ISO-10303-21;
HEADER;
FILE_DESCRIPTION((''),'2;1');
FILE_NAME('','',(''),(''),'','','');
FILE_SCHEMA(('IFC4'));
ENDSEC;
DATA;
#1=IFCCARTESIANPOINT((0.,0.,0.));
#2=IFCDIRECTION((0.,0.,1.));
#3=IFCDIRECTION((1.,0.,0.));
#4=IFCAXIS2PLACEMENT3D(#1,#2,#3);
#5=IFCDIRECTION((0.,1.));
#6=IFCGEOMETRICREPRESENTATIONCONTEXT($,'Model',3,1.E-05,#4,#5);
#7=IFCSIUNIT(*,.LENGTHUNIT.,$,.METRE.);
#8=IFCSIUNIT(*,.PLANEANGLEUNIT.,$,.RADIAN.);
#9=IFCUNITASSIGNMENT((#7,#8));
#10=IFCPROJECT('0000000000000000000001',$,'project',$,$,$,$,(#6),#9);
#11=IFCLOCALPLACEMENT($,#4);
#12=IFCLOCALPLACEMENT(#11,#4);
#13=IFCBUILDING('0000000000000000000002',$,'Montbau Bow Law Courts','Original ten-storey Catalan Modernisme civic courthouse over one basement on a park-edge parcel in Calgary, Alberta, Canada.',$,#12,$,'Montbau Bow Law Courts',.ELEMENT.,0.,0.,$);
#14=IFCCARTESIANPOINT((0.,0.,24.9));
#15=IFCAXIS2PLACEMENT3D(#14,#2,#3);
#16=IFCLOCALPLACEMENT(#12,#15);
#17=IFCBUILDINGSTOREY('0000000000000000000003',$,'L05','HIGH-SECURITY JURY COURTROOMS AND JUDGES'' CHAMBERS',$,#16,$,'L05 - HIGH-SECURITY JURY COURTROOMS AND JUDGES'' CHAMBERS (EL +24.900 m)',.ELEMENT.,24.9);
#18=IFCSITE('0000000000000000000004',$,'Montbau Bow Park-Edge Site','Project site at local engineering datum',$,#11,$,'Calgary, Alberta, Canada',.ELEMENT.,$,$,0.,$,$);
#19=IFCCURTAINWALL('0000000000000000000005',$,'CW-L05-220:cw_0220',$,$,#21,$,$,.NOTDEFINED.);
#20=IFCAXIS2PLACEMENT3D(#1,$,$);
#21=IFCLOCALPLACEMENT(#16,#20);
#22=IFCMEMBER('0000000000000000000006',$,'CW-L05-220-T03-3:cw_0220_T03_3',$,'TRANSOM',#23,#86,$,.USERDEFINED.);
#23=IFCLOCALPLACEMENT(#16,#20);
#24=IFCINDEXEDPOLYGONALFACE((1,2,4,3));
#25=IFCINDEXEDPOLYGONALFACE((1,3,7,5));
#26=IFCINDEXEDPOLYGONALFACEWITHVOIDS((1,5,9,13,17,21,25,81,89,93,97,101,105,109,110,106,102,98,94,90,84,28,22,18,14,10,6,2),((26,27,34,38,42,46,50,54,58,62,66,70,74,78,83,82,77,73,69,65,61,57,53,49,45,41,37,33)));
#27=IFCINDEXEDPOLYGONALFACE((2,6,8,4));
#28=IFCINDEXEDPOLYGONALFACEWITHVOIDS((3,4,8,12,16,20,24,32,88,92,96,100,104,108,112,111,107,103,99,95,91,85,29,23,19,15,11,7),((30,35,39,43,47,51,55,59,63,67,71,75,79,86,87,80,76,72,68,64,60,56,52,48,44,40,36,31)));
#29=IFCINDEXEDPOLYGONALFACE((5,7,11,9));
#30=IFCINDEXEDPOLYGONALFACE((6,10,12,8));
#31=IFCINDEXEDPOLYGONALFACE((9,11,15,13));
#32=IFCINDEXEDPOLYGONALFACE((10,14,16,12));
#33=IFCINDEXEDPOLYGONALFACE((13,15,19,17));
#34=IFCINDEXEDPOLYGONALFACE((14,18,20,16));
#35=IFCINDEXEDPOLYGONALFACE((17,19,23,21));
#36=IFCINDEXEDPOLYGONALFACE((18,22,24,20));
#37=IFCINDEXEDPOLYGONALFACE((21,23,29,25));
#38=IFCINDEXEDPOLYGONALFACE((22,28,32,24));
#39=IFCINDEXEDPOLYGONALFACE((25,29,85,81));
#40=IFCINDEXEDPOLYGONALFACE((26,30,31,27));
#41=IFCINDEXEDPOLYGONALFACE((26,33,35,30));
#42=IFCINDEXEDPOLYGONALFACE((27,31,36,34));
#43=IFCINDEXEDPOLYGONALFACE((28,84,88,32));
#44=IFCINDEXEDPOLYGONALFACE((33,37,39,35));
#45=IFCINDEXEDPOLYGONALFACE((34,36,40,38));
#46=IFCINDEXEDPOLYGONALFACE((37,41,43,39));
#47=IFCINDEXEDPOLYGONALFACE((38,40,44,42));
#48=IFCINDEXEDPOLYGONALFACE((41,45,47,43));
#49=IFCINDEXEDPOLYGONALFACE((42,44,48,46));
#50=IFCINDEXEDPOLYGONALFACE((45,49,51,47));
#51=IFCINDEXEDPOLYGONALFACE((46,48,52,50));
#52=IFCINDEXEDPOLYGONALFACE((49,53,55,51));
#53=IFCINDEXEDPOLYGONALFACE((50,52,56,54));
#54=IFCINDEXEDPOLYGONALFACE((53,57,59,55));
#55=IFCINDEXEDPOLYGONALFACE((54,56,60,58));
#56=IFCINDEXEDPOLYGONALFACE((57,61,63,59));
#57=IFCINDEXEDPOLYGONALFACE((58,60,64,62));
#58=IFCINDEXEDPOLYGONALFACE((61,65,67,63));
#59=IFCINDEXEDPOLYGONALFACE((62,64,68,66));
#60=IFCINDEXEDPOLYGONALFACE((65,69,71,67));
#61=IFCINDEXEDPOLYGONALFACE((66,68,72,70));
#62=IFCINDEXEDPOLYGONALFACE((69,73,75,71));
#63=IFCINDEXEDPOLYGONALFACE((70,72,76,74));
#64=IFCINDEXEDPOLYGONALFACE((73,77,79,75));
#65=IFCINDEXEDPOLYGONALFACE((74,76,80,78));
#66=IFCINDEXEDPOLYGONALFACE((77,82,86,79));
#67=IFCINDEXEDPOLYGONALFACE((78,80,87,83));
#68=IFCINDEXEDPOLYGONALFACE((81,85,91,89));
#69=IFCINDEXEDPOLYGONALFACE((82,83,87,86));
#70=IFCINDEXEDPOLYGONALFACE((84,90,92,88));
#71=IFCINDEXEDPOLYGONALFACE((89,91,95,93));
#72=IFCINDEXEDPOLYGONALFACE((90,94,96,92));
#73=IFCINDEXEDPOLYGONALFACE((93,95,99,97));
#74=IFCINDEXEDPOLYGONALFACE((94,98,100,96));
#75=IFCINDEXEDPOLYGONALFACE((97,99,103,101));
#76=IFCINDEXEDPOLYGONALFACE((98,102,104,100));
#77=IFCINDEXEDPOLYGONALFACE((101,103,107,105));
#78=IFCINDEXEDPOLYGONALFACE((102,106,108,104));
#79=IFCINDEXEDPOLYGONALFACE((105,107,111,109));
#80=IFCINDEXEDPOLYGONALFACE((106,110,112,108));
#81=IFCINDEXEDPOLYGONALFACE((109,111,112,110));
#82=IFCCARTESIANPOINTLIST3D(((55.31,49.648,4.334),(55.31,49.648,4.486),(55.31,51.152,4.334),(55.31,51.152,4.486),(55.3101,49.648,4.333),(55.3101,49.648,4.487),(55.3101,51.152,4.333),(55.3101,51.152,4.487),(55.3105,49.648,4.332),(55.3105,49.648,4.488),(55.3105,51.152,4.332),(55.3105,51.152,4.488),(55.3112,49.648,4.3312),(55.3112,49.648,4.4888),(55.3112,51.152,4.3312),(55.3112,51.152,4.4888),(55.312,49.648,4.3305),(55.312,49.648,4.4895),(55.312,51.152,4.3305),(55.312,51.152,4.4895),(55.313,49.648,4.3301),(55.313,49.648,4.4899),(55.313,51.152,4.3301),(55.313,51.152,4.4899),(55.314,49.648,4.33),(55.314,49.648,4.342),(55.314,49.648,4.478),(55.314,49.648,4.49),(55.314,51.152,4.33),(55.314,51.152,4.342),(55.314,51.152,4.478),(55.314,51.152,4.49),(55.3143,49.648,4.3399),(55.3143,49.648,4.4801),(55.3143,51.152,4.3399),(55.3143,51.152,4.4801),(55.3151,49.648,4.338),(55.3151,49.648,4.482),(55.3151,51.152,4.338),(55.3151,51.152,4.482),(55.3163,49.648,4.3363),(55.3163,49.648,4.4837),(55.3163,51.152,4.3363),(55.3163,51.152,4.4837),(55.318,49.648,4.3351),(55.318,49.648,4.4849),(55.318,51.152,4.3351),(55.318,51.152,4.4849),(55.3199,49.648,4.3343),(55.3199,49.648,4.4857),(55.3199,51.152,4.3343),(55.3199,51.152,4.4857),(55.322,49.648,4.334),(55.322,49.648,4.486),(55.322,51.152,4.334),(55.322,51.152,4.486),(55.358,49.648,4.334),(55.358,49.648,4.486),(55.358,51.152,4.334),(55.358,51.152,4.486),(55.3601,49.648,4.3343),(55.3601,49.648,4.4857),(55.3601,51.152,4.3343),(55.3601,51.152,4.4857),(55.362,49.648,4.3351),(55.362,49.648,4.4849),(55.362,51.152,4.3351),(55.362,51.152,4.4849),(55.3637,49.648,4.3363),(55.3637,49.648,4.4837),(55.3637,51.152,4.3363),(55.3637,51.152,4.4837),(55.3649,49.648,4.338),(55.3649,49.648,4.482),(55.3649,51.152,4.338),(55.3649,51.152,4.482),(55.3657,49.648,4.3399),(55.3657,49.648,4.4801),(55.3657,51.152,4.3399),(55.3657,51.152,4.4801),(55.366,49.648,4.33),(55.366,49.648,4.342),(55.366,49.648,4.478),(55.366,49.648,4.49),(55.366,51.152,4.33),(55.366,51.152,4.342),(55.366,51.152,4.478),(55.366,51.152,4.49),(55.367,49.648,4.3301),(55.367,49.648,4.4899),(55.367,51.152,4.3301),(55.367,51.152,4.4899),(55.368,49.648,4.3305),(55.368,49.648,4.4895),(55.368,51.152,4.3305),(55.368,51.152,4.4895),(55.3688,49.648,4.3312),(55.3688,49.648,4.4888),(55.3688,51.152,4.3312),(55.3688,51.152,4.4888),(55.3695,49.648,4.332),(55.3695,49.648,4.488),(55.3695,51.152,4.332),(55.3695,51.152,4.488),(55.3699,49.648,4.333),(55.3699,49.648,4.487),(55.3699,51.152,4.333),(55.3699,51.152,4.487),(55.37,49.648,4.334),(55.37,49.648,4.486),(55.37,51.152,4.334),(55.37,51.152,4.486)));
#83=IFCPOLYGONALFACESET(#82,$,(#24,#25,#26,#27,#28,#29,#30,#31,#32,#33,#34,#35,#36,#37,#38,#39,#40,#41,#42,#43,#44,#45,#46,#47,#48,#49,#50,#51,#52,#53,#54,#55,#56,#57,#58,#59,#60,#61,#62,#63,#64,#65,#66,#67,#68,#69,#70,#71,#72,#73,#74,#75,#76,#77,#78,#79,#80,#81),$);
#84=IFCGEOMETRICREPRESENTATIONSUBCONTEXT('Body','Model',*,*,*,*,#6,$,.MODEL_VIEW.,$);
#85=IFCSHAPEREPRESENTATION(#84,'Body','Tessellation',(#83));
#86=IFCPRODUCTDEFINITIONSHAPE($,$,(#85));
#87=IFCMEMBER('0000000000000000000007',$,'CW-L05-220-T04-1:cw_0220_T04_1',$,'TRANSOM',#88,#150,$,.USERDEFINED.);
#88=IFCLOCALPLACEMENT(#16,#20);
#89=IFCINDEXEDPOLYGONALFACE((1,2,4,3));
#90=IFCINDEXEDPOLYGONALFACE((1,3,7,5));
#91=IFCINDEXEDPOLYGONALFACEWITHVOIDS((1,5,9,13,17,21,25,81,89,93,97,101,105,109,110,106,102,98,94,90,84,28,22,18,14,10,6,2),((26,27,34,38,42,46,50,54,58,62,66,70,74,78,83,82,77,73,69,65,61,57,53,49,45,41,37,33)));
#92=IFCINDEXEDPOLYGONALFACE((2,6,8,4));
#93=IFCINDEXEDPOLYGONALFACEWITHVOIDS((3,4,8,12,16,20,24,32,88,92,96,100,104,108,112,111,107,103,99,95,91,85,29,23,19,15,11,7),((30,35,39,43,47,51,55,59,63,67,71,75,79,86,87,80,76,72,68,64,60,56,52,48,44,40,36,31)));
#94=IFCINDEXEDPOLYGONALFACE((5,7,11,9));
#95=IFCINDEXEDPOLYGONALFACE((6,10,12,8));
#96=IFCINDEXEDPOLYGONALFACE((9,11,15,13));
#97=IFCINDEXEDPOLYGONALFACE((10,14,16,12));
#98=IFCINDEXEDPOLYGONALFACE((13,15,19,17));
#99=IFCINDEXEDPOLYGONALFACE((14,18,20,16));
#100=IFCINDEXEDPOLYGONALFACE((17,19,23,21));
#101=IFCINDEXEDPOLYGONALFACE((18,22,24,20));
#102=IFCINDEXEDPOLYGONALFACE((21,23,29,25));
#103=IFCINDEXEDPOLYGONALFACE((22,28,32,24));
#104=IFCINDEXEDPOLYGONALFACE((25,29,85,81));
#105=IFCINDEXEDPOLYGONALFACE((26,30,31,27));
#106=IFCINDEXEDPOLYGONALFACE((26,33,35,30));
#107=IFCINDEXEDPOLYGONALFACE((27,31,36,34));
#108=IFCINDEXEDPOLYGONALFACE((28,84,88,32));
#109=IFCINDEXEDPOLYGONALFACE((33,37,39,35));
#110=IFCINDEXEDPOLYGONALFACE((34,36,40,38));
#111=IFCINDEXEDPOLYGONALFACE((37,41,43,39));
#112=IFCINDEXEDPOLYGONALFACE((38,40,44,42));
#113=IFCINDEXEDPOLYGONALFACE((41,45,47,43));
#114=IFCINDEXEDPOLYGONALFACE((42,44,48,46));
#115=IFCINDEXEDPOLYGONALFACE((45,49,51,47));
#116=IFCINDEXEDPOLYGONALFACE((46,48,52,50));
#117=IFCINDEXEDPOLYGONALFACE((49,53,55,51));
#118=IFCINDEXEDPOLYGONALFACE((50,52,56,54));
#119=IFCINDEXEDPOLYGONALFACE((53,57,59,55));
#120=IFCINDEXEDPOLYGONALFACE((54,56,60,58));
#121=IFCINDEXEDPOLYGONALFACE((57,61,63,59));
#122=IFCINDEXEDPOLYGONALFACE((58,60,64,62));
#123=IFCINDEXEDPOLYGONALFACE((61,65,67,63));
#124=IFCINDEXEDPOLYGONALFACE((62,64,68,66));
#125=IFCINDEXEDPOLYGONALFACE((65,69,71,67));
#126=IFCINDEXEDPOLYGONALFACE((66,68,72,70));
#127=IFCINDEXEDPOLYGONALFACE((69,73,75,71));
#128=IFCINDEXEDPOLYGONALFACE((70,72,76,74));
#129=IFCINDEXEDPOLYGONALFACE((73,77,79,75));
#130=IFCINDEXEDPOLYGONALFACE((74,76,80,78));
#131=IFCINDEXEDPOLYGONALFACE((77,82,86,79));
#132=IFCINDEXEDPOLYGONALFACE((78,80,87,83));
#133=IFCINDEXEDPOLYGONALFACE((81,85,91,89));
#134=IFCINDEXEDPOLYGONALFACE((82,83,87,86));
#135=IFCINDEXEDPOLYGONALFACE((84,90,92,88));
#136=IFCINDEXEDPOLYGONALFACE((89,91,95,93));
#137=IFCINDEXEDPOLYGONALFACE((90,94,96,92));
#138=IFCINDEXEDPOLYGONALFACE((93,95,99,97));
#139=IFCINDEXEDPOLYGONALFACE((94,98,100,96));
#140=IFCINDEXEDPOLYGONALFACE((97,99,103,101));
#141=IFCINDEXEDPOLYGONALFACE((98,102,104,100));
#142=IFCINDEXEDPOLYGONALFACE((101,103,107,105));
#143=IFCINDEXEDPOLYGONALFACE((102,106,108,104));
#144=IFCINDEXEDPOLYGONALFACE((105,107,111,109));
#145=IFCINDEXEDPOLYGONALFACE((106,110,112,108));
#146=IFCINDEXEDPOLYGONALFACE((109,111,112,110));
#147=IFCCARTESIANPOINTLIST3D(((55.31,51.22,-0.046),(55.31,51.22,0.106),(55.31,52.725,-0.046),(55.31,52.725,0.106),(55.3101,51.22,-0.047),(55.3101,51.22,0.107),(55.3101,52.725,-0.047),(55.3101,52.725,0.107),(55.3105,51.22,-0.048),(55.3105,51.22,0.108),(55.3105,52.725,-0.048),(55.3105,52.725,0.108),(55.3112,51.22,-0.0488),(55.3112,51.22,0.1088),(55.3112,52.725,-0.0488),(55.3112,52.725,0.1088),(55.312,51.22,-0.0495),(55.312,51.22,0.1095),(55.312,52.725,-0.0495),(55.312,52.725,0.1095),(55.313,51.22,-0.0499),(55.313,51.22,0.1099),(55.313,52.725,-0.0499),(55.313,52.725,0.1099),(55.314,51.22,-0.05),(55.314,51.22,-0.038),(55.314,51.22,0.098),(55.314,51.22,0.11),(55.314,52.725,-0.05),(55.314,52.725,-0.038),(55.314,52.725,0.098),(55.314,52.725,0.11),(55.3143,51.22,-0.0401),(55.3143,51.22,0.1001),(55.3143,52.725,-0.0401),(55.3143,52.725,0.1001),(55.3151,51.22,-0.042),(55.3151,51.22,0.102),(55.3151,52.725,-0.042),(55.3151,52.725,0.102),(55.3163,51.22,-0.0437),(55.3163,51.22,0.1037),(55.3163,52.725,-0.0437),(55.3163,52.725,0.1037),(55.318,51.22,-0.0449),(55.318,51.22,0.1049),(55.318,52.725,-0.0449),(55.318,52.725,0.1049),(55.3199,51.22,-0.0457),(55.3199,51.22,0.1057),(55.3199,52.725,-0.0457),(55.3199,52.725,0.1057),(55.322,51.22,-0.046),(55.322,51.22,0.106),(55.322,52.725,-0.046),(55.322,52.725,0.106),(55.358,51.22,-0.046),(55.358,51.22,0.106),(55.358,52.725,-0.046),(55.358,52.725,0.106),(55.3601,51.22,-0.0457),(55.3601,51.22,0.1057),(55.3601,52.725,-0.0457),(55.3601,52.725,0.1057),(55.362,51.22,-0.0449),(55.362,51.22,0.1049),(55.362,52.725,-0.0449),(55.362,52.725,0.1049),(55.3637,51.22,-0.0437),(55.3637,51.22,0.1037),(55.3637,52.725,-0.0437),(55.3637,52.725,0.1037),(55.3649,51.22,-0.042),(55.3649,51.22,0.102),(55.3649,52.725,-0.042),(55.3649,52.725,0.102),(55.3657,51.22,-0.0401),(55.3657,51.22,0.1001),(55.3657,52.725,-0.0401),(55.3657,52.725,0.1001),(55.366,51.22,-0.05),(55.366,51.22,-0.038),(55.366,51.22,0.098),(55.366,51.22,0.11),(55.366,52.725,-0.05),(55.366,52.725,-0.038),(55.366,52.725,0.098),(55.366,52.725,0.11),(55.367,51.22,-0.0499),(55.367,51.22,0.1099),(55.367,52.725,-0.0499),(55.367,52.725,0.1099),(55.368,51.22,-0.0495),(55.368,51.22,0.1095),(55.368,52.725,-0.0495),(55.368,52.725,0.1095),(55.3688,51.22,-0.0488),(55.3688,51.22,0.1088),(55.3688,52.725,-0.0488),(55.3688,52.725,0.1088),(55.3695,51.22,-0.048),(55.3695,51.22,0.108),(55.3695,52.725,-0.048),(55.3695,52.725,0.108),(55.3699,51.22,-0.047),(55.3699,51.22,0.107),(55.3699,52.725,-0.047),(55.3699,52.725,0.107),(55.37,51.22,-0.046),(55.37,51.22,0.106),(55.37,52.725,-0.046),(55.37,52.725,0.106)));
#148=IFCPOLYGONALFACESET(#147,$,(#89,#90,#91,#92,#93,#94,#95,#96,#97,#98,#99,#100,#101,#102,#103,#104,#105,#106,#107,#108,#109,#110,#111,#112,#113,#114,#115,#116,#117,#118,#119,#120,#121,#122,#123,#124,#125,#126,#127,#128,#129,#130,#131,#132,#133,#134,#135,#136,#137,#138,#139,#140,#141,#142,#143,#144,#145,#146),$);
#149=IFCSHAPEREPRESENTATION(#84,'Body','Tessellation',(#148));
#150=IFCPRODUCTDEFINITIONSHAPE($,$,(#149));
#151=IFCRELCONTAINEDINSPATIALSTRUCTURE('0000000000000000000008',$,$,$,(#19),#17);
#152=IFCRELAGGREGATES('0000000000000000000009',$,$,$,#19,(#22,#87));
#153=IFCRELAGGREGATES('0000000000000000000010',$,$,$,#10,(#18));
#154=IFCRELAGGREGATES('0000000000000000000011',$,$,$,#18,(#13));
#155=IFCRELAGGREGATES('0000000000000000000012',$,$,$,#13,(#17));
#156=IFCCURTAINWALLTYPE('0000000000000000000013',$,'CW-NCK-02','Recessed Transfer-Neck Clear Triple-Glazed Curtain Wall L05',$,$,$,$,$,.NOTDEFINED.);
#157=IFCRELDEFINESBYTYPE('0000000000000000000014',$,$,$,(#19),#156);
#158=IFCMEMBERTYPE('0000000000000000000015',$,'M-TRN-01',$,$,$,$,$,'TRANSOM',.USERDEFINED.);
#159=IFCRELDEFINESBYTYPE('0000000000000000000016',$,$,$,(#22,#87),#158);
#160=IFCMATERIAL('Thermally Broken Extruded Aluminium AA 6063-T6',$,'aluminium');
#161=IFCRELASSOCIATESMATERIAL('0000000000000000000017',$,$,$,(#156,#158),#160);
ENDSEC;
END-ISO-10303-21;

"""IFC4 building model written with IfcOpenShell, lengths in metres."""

from ifc_helpers import new_model, si_unit, direction, frame, origin_with_axes, origin_2d_with_axis, place, context, subcontext, project, spatial, hollow_rectangle, extrude, material, material_profile, profile_set, type_object, element, aggregate, save


model = new_model("IFC4")

# Units and contexts
model_context = context("Model", 3, precision=1e-05, world=origin_with_axes(), true_north=direction((0.0, 1.0)))
body_context = subcontext(model_context, "Body", "Model", "MODEL_VIEW")
ifc_project = project(units=[si_unit("LENGTHUNIT", "METRE"), si_unit("PLANEANGLEUNIT", "RADIAN")], contexts=[model_context])

# Site, building, storey
site_placement = place(None, origin_with_axes())
site = spatial("IfcSite", under=ifc_project, at=site_placement, Name="Montbau Bow Park-Edge Site", Description="Project site at local engineering datum", LongName="Calgary, Alberta, Canada", CompositionType="ELEMENT", RefElevation=0.0)
building_placement = place(site_placement, origin_with_axes())
building = spatial("IfcBuilding", under=site, at=building_placement, Name="Montbau Bow Law Courts", Description="Original ten-storey Catalan Modernisme civic courthouse over one basement on a park-edge parcel in Calgary, Alberta, Canada.", LongName="Montbau Bow Law Courts", CompositionType="ELEMENT", ElevationOfRefHeight=0.0, ElevationOfTerrain=0.0)
storey_placement = place(building_placement, frame((0.0, 0.0, 24.9), z_axis=(0.0, 0.0, 1.0), x_axis=(1.0, 0.0, 0.0)))
storey = spatial("IfcBuildingStorey", under=building, at=storey_placement, Name="L05", Description="HIGH-SECURITY JURY COURTROOMS AND JUDGES' CHAMBERS", LongName="L05 - HIGH-SECURITY JURY COURTROOMS AND JUDGES' CHAMBERS (EL +24.900 m)", CompositionType="ELEMENT", Elevation=24.9)

# Curtain wall
ifc_material_1 = material(Name="Thermally Broken Extruded Aluminium AA 6063-T6", Category="aluminium")
curtain_wall_type = type_object("IfcCurtainWallType", Name="CW-NCK-02", Description="Recessed Transfer-Neck Clear Triple-Glazed Curtain Wall L05", PredefinedType="NOTDEFINED", material=ifc_material_1)
curtain_wall_1_placement = place(None, frame((55.34, 46.468, 24.9), z_axis=(0.0, 0.0, 1.0), x_axis=(1.0, 0.0, 0.0)))
curtain_wall_1 = element("IfcCurtainWall", 1, at=curtain_wall_1_placement, inside=storey, type_object=curtain_wall_type, Name="CW-L05-220:cw_0220", PredefinedType="NOTDEFINED")

# Members
ifc_material_profile_1 = material_profile(ifc_material_1, hollow_rectangle(XDim=0.06, YDim=0.16, WallThickness=0.004, InnerFilletRadius=0.008, OuterFilletRadius=0.004, at=origin_2d_with_axis()), Name="CWT-160X60", Category="Main", Priority=0)
ifc_profile_set_1 = profile_set([ifc_material_profile_1], Name="Thermally Broken Extruded Aluminium AA 6063-T6")
member_type_1 = type_object("IfcMemberType", Name="M-TRN-01", ElementType="TRANSOM", PredefinedType="USERDEFINED", material=ifc_profile_set_1)
member_1_placement = place(None, frame((55.34, 49.648, 29.31), z_axis=(0.0, 1.0, 0.0), x_axis=(-1.0, 0.0, 0.0)))
member_1 = element("IfcMember", 2, at=member_1_placement, type_object=member_type_1, Name="CW-L05-220-T03-3:cw_0220_T03_3", ObjectType="TRANSOM", PredefinedType="USERDEFINED", context=body_context, shape_type="SweptSolid", body=[
    extrude(hollow_rectangle(XDim=0.06, YDim=0.16, WallThickness=0.004, InnerFilletRadius=0.008, OuterFilletRadius=0.004, at=origin_2d_with_axis()), origin_with_axes(), (0.0, 0.0, 1.0), 1.504),
])
member_2_placement = place(None, frame((55.34, 51.22, 24.93), z_axis=(0.0, 1.0, 0.0), x_axis=(-1.0, 0.0, 0.0)))
member_2 = element("IfcMember", 3, at=member_2_placement, type_object=member_type_1, Name="CW-L05-220-T04-1:cw_0220_T04_1", ObjectType="TRANSOM", PredefinedType="USERDEFINED", context=body_context, shape_type="SweptSolid", body=[
    extrude(hollow_rectangle(XDim=0.06, YDim=0.16, WallThickness=0.004, InnerFilletRadius=0.008, OuterFilletRadius=0.004, at=origin_2d_with_axis()), origin_with_axes(), (0.0, 0.0, 1.0), 1.505),
])

aggregate(curtain_wall_1, [member_1, member_2])

save(model, "model.ifc")
